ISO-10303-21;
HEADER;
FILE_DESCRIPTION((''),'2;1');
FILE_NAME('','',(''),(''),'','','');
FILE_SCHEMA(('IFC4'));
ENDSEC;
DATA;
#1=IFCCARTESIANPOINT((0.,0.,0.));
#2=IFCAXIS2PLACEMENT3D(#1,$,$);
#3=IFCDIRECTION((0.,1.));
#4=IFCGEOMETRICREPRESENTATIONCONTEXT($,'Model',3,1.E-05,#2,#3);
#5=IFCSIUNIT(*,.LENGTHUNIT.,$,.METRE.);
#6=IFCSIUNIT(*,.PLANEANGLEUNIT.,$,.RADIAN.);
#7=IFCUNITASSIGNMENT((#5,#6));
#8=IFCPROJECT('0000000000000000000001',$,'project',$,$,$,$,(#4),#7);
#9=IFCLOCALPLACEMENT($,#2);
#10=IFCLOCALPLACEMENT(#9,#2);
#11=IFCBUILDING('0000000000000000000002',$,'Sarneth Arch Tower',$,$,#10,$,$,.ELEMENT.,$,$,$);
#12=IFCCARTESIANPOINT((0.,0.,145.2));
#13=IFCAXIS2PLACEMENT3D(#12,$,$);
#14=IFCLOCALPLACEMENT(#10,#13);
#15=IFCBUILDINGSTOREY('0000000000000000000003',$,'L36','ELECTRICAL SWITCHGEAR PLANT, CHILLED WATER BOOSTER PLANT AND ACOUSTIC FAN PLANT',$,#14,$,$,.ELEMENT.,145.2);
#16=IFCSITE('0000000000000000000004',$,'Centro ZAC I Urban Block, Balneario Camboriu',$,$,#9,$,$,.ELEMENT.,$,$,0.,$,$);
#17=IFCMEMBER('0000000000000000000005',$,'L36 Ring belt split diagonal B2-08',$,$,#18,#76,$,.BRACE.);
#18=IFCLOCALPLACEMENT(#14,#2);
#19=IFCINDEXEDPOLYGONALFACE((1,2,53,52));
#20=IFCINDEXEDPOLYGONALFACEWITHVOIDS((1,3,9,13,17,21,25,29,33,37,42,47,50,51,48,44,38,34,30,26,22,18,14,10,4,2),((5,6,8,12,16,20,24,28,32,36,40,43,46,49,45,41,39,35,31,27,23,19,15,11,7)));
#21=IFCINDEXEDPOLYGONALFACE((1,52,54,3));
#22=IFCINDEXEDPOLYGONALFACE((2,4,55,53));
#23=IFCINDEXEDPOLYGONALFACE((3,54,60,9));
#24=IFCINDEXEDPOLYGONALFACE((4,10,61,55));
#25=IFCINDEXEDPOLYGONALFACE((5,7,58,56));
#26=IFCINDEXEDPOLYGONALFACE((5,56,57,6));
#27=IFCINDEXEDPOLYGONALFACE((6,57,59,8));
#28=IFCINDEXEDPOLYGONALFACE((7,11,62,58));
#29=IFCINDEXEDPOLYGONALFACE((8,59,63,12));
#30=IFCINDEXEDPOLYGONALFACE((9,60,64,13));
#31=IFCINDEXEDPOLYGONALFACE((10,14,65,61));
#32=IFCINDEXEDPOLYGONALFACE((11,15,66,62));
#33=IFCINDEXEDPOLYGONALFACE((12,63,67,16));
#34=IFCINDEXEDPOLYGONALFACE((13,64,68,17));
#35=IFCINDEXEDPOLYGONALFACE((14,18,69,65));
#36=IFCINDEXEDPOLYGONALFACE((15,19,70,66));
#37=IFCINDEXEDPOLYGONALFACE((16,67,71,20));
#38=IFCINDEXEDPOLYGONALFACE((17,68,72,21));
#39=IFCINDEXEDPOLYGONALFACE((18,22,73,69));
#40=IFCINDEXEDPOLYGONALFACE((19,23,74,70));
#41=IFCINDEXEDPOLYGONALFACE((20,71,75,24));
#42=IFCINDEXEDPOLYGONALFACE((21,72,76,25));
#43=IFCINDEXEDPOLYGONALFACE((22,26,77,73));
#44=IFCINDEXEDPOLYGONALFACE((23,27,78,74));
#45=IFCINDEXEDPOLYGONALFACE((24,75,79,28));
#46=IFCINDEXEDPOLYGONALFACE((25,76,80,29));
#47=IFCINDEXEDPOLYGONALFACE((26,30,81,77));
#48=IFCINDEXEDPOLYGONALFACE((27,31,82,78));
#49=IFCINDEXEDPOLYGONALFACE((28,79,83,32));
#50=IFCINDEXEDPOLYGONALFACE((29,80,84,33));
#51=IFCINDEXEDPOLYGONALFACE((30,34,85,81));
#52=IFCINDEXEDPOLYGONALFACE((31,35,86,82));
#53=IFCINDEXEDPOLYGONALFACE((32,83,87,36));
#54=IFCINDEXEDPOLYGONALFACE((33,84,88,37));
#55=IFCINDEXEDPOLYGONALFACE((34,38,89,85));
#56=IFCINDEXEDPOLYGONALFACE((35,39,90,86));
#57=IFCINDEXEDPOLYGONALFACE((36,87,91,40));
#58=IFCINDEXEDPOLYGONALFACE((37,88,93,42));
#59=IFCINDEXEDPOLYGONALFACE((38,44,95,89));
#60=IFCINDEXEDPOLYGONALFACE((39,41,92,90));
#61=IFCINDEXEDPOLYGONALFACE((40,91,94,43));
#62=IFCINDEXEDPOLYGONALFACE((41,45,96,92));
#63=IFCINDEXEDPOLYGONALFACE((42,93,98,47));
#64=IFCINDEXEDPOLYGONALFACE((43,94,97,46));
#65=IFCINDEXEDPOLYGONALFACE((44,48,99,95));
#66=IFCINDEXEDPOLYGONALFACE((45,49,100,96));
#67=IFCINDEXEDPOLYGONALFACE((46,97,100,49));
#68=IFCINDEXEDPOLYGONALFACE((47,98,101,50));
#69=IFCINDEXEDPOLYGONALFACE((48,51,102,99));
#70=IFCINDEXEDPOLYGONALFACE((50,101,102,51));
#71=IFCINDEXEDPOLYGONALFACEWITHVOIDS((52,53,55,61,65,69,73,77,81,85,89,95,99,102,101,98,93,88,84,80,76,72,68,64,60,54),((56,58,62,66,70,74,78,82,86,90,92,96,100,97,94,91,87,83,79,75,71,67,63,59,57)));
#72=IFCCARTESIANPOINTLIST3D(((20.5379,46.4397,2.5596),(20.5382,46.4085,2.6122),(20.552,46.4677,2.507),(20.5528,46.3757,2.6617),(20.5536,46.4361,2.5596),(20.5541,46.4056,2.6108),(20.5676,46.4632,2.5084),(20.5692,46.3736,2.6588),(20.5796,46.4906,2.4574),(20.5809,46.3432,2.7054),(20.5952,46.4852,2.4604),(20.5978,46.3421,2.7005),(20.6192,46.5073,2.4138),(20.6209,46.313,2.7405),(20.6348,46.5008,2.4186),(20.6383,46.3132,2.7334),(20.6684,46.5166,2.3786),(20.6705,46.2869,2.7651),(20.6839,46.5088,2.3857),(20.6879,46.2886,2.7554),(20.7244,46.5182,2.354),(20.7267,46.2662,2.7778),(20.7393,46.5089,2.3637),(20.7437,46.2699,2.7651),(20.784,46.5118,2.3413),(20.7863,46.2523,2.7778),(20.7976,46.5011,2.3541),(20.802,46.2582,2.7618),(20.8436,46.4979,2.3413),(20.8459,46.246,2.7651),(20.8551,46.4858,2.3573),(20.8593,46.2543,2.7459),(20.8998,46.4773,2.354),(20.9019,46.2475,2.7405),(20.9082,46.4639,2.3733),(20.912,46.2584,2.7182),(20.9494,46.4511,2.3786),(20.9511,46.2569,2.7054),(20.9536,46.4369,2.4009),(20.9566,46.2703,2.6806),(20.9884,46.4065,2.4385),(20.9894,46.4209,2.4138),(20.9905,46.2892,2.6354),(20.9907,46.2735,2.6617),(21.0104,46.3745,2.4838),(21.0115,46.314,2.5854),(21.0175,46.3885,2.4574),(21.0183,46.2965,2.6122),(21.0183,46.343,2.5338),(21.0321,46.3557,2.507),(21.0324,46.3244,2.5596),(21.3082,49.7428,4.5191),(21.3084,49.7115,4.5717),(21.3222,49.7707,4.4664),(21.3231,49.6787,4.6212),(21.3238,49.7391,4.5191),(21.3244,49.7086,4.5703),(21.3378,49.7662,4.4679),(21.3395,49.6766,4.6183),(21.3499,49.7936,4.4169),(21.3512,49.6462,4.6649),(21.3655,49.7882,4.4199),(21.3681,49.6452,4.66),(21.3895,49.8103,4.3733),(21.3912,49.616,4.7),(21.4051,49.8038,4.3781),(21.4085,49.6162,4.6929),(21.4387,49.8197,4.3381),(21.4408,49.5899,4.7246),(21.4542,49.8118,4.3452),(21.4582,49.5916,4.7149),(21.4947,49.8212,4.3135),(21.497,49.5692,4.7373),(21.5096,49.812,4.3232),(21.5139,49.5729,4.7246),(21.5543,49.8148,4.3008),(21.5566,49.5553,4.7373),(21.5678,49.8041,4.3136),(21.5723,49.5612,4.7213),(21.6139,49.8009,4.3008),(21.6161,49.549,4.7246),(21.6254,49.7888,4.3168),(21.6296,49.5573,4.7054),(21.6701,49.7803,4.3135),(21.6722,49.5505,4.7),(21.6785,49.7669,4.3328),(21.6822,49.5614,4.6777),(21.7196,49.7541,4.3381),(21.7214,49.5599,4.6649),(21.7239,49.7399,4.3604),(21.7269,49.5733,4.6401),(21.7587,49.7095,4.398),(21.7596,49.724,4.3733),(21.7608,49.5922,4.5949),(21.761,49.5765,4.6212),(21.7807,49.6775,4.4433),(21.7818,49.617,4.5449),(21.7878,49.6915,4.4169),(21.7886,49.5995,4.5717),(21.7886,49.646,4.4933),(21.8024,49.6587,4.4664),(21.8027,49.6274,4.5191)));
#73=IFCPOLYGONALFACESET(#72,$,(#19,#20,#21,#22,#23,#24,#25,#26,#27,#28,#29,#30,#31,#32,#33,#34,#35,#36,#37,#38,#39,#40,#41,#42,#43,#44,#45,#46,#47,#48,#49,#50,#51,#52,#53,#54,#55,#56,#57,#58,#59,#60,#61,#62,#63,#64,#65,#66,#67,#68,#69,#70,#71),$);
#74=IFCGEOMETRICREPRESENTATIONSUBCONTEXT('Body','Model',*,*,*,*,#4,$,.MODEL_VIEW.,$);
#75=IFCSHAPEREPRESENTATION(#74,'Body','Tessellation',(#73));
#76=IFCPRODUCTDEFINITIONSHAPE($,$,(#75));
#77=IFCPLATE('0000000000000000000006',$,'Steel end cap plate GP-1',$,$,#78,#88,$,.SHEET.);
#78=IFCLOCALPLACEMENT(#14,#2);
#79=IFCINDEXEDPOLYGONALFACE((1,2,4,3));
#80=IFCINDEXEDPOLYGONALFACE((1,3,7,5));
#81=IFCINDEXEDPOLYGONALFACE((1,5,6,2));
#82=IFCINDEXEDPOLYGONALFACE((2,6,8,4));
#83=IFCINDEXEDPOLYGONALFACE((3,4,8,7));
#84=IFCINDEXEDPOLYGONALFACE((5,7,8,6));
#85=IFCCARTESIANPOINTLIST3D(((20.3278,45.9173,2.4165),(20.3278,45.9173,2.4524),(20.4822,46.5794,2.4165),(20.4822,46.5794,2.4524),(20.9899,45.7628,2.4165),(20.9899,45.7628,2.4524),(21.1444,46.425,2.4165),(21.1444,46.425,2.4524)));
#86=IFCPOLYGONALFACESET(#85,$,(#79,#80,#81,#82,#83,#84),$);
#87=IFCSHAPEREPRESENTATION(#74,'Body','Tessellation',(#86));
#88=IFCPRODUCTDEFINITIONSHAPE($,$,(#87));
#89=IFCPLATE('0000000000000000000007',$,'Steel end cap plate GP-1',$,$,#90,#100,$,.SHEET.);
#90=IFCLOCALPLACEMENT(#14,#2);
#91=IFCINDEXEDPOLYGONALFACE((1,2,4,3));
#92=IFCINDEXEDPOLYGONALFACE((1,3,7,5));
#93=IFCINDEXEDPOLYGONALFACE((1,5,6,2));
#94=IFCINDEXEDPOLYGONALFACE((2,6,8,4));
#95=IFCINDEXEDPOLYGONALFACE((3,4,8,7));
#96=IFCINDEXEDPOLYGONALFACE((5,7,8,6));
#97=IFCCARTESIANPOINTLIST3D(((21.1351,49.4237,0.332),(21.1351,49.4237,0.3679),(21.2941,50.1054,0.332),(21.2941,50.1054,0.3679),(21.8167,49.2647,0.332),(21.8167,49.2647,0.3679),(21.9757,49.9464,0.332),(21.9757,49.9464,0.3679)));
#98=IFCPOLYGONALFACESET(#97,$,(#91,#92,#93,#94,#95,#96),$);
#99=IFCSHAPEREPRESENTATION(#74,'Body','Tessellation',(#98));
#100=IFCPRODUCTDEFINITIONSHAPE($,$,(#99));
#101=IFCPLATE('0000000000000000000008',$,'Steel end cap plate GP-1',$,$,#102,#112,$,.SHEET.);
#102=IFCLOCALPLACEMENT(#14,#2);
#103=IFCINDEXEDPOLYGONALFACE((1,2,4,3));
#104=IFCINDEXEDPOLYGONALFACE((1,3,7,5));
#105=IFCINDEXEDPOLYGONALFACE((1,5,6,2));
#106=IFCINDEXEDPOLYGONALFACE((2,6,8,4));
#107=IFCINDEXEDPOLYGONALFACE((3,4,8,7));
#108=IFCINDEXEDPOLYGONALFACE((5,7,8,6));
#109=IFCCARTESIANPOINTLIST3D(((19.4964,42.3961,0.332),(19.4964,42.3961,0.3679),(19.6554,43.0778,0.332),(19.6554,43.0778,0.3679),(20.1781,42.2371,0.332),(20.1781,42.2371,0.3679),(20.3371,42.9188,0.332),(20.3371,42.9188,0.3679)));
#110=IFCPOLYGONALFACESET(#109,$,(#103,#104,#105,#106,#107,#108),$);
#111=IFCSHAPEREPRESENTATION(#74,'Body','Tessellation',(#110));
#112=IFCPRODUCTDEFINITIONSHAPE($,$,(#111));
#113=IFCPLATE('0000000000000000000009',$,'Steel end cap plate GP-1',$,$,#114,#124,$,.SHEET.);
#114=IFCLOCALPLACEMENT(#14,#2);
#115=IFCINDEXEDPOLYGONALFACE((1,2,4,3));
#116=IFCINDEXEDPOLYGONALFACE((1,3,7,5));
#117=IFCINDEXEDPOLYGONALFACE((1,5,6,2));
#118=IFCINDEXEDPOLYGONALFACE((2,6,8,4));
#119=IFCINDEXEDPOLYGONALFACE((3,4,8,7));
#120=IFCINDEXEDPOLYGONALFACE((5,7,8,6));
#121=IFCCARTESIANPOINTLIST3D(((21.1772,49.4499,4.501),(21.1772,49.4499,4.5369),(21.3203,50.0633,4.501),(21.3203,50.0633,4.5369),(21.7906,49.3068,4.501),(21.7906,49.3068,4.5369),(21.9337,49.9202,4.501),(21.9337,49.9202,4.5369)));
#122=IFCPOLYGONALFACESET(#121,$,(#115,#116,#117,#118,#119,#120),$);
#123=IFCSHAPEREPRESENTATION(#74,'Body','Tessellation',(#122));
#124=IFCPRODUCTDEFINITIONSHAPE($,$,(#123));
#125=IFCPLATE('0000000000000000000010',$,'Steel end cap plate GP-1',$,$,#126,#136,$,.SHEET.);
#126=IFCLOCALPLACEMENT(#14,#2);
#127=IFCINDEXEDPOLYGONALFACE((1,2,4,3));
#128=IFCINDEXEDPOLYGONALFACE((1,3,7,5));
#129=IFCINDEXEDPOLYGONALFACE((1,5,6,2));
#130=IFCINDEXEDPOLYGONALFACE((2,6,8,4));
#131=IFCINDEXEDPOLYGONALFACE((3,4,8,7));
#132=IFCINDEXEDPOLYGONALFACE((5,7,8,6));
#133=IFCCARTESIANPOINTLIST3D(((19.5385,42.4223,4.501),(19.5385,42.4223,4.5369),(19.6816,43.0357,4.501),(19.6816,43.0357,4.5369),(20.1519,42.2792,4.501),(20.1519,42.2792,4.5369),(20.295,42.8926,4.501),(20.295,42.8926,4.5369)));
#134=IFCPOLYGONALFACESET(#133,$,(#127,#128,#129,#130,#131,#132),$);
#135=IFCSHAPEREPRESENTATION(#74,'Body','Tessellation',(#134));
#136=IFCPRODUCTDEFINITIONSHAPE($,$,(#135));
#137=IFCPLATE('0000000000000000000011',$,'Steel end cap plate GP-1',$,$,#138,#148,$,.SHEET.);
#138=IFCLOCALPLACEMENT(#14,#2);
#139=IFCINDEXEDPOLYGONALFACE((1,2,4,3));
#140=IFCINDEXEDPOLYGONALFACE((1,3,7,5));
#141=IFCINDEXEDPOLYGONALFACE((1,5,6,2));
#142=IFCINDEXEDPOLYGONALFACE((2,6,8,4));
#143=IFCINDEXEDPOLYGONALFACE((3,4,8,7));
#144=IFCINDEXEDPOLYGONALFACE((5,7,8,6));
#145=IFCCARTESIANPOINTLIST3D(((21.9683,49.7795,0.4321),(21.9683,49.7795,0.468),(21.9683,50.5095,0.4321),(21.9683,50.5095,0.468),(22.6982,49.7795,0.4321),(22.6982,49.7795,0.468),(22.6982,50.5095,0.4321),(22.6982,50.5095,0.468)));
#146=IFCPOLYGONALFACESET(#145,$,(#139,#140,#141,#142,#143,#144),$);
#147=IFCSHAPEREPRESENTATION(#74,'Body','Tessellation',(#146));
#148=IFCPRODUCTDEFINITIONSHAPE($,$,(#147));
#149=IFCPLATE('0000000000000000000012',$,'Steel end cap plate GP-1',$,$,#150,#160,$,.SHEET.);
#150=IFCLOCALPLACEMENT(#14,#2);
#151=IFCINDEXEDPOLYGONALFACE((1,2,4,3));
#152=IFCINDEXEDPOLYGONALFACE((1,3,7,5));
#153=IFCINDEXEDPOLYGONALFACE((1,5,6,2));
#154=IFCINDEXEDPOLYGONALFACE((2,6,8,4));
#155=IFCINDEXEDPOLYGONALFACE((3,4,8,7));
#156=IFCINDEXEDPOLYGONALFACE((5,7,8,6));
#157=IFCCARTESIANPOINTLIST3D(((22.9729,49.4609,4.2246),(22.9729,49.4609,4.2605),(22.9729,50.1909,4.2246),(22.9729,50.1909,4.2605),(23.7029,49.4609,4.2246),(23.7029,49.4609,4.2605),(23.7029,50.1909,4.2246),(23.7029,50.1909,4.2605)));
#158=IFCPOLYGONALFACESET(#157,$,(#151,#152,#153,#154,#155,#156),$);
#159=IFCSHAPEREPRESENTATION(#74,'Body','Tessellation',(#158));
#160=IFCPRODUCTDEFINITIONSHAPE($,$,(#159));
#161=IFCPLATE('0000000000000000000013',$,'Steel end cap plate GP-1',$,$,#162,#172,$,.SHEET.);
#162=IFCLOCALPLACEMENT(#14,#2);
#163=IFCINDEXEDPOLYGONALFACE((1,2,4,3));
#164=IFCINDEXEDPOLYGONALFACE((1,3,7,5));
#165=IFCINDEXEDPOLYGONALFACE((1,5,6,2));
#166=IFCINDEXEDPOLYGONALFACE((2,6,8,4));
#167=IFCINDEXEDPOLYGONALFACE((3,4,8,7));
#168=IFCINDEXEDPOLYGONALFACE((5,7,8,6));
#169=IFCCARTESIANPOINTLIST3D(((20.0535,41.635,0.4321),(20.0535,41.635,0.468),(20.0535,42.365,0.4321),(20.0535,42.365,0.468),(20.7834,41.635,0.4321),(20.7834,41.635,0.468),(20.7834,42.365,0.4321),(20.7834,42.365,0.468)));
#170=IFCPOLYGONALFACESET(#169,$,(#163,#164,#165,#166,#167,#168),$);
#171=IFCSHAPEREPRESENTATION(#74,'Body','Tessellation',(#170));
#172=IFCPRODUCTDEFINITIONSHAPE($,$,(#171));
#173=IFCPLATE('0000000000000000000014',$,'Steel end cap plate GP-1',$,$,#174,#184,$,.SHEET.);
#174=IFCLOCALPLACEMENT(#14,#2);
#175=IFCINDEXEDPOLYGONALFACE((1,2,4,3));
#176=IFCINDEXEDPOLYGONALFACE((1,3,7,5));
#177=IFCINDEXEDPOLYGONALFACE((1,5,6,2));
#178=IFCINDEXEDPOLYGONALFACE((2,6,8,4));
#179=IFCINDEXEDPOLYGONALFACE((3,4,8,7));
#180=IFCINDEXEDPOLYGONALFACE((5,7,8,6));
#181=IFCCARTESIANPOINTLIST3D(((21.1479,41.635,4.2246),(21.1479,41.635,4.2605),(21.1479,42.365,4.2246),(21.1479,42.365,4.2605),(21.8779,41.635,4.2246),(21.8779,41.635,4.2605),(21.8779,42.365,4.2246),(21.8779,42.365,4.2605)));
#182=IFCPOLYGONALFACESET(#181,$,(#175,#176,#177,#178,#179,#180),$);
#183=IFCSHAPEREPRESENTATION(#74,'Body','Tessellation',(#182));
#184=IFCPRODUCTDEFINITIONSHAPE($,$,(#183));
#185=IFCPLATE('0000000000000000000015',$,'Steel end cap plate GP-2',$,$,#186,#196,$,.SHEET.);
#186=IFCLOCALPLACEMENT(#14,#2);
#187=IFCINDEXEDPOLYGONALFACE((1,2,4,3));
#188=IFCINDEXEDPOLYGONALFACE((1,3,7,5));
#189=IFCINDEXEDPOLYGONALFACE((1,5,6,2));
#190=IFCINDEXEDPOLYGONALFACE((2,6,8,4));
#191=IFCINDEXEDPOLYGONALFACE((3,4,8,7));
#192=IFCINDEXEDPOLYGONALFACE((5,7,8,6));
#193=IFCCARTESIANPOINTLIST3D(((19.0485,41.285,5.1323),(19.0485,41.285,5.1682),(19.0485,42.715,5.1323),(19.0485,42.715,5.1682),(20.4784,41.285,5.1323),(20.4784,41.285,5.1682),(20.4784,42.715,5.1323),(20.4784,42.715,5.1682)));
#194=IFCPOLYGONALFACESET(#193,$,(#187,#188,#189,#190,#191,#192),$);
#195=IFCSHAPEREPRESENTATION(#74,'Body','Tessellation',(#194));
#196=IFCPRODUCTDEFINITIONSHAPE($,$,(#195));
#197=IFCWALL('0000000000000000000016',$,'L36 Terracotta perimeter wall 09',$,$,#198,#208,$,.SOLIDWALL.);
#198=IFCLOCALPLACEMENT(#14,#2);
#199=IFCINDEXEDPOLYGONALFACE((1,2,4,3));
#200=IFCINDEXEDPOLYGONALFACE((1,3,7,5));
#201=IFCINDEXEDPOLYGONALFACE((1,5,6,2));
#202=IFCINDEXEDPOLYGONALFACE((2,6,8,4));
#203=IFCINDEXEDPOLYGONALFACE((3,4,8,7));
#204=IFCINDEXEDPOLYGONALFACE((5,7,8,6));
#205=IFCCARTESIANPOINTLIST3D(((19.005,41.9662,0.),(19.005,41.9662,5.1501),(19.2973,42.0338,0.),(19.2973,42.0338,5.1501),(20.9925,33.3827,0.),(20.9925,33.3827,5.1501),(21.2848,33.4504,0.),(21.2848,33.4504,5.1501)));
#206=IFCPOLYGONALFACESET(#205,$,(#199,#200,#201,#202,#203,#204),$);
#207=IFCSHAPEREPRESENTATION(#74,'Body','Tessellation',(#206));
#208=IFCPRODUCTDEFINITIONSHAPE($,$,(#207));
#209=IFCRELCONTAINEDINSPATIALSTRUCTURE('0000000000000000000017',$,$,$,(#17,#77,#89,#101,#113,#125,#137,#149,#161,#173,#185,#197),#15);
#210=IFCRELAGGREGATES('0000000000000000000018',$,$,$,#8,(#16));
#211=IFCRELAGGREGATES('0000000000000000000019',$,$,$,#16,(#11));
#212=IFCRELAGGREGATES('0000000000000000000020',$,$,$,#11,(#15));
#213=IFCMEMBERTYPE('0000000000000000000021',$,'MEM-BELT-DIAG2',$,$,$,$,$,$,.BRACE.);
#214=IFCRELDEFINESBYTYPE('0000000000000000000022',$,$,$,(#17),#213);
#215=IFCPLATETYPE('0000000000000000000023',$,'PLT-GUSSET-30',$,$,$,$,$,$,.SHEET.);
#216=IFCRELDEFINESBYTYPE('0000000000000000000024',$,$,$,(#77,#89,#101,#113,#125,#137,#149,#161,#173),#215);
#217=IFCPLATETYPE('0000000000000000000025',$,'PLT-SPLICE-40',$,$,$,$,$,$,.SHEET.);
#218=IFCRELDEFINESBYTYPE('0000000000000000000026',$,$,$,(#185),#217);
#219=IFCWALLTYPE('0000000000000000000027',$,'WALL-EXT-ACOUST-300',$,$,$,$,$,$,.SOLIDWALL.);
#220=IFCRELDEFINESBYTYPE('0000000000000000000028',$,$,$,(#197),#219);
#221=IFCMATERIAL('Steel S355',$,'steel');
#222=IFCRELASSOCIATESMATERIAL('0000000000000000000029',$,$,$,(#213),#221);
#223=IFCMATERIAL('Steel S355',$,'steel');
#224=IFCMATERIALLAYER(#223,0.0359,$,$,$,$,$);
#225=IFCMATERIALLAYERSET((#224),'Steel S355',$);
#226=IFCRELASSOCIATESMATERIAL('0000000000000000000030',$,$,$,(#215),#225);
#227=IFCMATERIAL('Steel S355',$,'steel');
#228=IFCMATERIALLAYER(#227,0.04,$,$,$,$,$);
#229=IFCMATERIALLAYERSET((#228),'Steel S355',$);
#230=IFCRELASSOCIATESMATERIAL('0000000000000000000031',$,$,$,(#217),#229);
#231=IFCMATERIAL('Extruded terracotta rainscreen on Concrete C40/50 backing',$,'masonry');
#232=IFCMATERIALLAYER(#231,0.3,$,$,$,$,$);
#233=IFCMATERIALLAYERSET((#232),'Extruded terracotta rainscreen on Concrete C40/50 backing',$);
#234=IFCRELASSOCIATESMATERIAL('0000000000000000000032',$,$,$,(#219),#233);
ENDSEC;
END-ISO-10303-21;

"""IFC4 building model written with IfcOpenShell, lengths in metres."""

from ifc_helpers import new_model, si_unit, direction, frame, frame_2d, origin, origin_2d, place, context, subcontext, project, spatial, rectangle, hollow_circle, extrude, material, layer, layer_set, material_profile, profile_set, type_object, element, save


model = new_model("IFC4")

# Units and contexts
model_context = context("Model", 3, precision=1e-05, world=origin(), true_north=direction((0.0, 1.0)))
body_context = subcontext(model_context, "Body", "Model", "MODEL_VIEW")
ifc_project = project(units=[si_unit("LENGTHUNIT", "METRE"), si_unit("PLANEANGLEUNIT", "RADIAN")], contexts=[model_context])

# Site, building, storey
site_placement = place(None, origin())
site = spatial("IfcSite", under=ifc_project, at=site_placement, Name="Centro ZAC I Urban Block, Balneario Camboriu", CompositionType="ELEMENT", RefElevation=0.0)
building_placement = place(site_placement, origin())
building = spatial("IfcBuilding", under=site, at=building_placement, Name="Sarneth Arch Tower", CompositionType="ELEMENT")
storey_placement = place(building_placement, frame((0.0, 0.0, 145.2)))
storey = spatial("IfcBuildingStorey", under=building, at=storey_placement, Name="L36", Description="ELECTRICAL SWITCHGEAR PLANT, CHILLED WATER BOOSTER PLANT AND ACOUSTIC FAN PLANT", CompositionType="ELEMENT", Elevation=145.2)

# Member
ifc_material_1 = material(Name="Steel S355", Category="steel")
ifc_material_profile_1 = material_profile(ifc_material_1, hollow_circle(Radius=0.2539, WallThickness=0.0161, at=origin_2d()), Name="CHS508x16")
ifc_profile_set_1 = profile_set([ifc_material_profile_1], Name="Steel S355")
member_type_1 = type_object("IfcMemberType", Name="MEM-BELT-DIAG2", PredefinedType="BRACE", material=ifc_profile_set_1)
for number, where, z_axis, x_axis, name in (
    (1, (20.7852, 46.3821, 2.5596), (0.196649, 0.843252, 0.500255), (-0.973869, 0.227109, 0.0), "L36 Ring belt split diagonal B2-08"),
):
    element("IfcMember", number, at=place(storey_placement, frame(where, z_axis=z_axis, x_axis=x_axis)), inside=storey, type_object=member_type_1, Name=name, PredefinedType="BRACE", context=body_context, shape_type="SweptSolid", body=[
        extrude(hollow_circle(Radius=0.2539, WallThickness=0.0161, at=origin_2d()), origin(), (0.0, 0.0, 1.0), 3.917),
    ])

# Plates
ifc_material_2 = material(Name="Steel S355", Category="steel")
ifc_layer_1 = layer(ifc_material_2, 0.0359)
ifc_layer_set_1 = layer_set([ifc_layer_1], Name="Steel S355")
plate_type_1 = type_object("IfcPlateType", Name="PLT-GUSSET-30", PredefinedType="SHEET", material=ifc_layer_set_1)
plate_1_placement = place(storey_placement, frame((20.7361, 46.1711, 2.4165), z_axis=(0.0, 0.0, 1.0), x_axis=(-0.227161, -0.973857, 0.0)))
element("IfcPlate", 2, at=plate_1_placement, inside=storey, type_object=plate_type_1, Name="Steel end cap plate GP-1", PredefinedType="SHEET", context=body_context, shape_type="SweptSolid", body=[
    extrude(rectangle(XDim=0.6799, YDim=0.6799, at=origin_2d()), origin(), (0.0, 0.0, 1.0), 0.0359),
])
for number, where, z_axis, x_axis, name in (
    (3, (21.5554, 49.6851, 0.332), (0.0, 0.0, 1.0), (0.227161, 0.973857, 0.0), "Steel end cap plate GP-1"),
    (4, (19.9167, 42.6575, 0.332), (0.0, 0.0, 1.0), (-0.227161, -0.973857, 0.0), "Steel end cap plate GP-1"),
):
    element("IfcPlate", number, at=place(storey_placement, frame(where, z_axis=z_axis, x_axis=x_axis)), inside=storey, type_object=plate_type_1, Name=name, PredefinedType="SHEET", context=body_context, shape_type="SweptSolid", body=[
        extrude(rectangle(XDim=0.7, YDim=0.7, at=origin_2d()), origin(), (0.0, 0.0, 1.0), 0.0359),
    ])
for number, where, z_axis, x_axis, name in (
    (5, (21.5554, 49.6851, 4.501), (0.0, 0.0, 1.0), (0.227161, 0.973857, 0.0), "Steel end cap plate GP-1"),
    (6, (19.9167, 42.6575, 4.501), (0.0, 0.0, 1.0), (-0.227161, -0.973857, 0.0), "Steel end cap plate GP-1"),
):
    element("IfcPlate", number, at=place(storey_placement, frame(where, z_axis=z_axis, x_axis=x_axis)), inside=storey, type_object=plate_type_1, Name=name, PredefinedType="SHEET", context=body_context, shape_type="SweptSolid", body=[
        extrude(rectangle(XDim=0.6299, YDim=0.6299, at=origin_2d()), origin(), (0.0, 0.0, 1.0), 0.0359),
    ])
for number, where, z_axis, x_axis, name in (
    (7, (22.3333, 50.1445, 0.4321), (0.0, 0.0, 1.0), (1.0, 0.0, 0.0), "Steel end cap plate GP-1"),
    (8, (23.3379, 49.8259, 4.2246), (0.0, 0.0, 1.0), (1.0, 0.0, 0.0), "Steel end cap plate GP-1"),
    (9, (20.4185, 42.0, 0.4321), (0.0, 0.0, 1.0), (1.0, 0.0, 0.0), "Steel end cap plate GP-1"),
    (10, (21.5129, 42.0, 4.2246), (0.0, 0.0, 1.0), (1.0, 0.0, 0.0), "Steel end cap plate GP-1"),
):
    element("IfcPlate", number, at=place(storey_placement, frame(where, z_axis=z_axis, x_axis=x_axis)), inside=storey, type_object=plate_type_1, Name=name, PredefinedType="SHEET", context=body_context, shape_type="SweptSolid", body=[
        extrude(rectangle(XDim=0.73, YDim=0.73, at=origin_2d()), origin(), (0.0, 0.0, 1.0), 0.0359),
    ])
ifc_material_3 = material(Name="Steel S355", Category="steel")
ifc_layer_2 = layer(ifc_material_3, 0.04)
ifc_layer_set_2 = layer_set([ifc_layer_2], Name="Steel S355")
plate_type_2 = type_object("IfcPlateType", Name="PLT-SPLICE-40", PredefinedType="SHEET", material=ifc_layer_set_2)
plate_2_placement = place(storey_placement, frame((19.7634, 42.0, 5.1323), z_axis=(0.0, 0.0, 1.0), x_axis=(1.0, 0.0, 0.0)))
element("IfcPlate", 11, at=plate_2_placement, inside=storey, type_object=plate_type_2, Name="Steel end cap plate GP-2", PredefinedType="SHEET", context=body_context, shape_type="SweptSolid", body=[
    extrude(rectangle(XDim=1.4299, YDim=1.4299, at=origin_2d()), origin(), (0.0, 0.0, 1.0), 0.0359),
])

# Wall
ifc_material_4 = material(Name="Extruded terracotta rainscreen on Concrete C40/50 backing", Category="masonry")
ifc_layer_3 = layer(ifc_material_4, 0.3)
ifc_layer_set_3 = layer_set([ifc_layer_3], Name="Extruded terracotta rainscreen on Concrete C40/50 backing")
wall_type_1 = type_object("IfcWallType", Name="WALL-EXT-ACOUST-300", PredefinedType="SOLIDWALL", material=ifc_layer_set_3)
wall_1_placement = place(storey_placement, frame((19.1511, 42.0, 0.0), z_axis=(0.0, 0.0, 1.0), x_axis=(0.225586, -0.974223, 0.0)))
element("IfcWall", 12, at=wall_1_placement, inside=storey, type_object=wall_type_1, Name="L36 Terracotta perimeter wall 09", PredefinedType="SOLIDWALL", context=body_context, shape_type="SweptSolid", body=[
    extrude(rectangle(XDim=8.8105, YDim=0.3, at=frame_2d((4.4053, 0.0))), origin(), (0.0, 0.0, 1.0), 5.1501),
])

save(model, "model.ifc")
